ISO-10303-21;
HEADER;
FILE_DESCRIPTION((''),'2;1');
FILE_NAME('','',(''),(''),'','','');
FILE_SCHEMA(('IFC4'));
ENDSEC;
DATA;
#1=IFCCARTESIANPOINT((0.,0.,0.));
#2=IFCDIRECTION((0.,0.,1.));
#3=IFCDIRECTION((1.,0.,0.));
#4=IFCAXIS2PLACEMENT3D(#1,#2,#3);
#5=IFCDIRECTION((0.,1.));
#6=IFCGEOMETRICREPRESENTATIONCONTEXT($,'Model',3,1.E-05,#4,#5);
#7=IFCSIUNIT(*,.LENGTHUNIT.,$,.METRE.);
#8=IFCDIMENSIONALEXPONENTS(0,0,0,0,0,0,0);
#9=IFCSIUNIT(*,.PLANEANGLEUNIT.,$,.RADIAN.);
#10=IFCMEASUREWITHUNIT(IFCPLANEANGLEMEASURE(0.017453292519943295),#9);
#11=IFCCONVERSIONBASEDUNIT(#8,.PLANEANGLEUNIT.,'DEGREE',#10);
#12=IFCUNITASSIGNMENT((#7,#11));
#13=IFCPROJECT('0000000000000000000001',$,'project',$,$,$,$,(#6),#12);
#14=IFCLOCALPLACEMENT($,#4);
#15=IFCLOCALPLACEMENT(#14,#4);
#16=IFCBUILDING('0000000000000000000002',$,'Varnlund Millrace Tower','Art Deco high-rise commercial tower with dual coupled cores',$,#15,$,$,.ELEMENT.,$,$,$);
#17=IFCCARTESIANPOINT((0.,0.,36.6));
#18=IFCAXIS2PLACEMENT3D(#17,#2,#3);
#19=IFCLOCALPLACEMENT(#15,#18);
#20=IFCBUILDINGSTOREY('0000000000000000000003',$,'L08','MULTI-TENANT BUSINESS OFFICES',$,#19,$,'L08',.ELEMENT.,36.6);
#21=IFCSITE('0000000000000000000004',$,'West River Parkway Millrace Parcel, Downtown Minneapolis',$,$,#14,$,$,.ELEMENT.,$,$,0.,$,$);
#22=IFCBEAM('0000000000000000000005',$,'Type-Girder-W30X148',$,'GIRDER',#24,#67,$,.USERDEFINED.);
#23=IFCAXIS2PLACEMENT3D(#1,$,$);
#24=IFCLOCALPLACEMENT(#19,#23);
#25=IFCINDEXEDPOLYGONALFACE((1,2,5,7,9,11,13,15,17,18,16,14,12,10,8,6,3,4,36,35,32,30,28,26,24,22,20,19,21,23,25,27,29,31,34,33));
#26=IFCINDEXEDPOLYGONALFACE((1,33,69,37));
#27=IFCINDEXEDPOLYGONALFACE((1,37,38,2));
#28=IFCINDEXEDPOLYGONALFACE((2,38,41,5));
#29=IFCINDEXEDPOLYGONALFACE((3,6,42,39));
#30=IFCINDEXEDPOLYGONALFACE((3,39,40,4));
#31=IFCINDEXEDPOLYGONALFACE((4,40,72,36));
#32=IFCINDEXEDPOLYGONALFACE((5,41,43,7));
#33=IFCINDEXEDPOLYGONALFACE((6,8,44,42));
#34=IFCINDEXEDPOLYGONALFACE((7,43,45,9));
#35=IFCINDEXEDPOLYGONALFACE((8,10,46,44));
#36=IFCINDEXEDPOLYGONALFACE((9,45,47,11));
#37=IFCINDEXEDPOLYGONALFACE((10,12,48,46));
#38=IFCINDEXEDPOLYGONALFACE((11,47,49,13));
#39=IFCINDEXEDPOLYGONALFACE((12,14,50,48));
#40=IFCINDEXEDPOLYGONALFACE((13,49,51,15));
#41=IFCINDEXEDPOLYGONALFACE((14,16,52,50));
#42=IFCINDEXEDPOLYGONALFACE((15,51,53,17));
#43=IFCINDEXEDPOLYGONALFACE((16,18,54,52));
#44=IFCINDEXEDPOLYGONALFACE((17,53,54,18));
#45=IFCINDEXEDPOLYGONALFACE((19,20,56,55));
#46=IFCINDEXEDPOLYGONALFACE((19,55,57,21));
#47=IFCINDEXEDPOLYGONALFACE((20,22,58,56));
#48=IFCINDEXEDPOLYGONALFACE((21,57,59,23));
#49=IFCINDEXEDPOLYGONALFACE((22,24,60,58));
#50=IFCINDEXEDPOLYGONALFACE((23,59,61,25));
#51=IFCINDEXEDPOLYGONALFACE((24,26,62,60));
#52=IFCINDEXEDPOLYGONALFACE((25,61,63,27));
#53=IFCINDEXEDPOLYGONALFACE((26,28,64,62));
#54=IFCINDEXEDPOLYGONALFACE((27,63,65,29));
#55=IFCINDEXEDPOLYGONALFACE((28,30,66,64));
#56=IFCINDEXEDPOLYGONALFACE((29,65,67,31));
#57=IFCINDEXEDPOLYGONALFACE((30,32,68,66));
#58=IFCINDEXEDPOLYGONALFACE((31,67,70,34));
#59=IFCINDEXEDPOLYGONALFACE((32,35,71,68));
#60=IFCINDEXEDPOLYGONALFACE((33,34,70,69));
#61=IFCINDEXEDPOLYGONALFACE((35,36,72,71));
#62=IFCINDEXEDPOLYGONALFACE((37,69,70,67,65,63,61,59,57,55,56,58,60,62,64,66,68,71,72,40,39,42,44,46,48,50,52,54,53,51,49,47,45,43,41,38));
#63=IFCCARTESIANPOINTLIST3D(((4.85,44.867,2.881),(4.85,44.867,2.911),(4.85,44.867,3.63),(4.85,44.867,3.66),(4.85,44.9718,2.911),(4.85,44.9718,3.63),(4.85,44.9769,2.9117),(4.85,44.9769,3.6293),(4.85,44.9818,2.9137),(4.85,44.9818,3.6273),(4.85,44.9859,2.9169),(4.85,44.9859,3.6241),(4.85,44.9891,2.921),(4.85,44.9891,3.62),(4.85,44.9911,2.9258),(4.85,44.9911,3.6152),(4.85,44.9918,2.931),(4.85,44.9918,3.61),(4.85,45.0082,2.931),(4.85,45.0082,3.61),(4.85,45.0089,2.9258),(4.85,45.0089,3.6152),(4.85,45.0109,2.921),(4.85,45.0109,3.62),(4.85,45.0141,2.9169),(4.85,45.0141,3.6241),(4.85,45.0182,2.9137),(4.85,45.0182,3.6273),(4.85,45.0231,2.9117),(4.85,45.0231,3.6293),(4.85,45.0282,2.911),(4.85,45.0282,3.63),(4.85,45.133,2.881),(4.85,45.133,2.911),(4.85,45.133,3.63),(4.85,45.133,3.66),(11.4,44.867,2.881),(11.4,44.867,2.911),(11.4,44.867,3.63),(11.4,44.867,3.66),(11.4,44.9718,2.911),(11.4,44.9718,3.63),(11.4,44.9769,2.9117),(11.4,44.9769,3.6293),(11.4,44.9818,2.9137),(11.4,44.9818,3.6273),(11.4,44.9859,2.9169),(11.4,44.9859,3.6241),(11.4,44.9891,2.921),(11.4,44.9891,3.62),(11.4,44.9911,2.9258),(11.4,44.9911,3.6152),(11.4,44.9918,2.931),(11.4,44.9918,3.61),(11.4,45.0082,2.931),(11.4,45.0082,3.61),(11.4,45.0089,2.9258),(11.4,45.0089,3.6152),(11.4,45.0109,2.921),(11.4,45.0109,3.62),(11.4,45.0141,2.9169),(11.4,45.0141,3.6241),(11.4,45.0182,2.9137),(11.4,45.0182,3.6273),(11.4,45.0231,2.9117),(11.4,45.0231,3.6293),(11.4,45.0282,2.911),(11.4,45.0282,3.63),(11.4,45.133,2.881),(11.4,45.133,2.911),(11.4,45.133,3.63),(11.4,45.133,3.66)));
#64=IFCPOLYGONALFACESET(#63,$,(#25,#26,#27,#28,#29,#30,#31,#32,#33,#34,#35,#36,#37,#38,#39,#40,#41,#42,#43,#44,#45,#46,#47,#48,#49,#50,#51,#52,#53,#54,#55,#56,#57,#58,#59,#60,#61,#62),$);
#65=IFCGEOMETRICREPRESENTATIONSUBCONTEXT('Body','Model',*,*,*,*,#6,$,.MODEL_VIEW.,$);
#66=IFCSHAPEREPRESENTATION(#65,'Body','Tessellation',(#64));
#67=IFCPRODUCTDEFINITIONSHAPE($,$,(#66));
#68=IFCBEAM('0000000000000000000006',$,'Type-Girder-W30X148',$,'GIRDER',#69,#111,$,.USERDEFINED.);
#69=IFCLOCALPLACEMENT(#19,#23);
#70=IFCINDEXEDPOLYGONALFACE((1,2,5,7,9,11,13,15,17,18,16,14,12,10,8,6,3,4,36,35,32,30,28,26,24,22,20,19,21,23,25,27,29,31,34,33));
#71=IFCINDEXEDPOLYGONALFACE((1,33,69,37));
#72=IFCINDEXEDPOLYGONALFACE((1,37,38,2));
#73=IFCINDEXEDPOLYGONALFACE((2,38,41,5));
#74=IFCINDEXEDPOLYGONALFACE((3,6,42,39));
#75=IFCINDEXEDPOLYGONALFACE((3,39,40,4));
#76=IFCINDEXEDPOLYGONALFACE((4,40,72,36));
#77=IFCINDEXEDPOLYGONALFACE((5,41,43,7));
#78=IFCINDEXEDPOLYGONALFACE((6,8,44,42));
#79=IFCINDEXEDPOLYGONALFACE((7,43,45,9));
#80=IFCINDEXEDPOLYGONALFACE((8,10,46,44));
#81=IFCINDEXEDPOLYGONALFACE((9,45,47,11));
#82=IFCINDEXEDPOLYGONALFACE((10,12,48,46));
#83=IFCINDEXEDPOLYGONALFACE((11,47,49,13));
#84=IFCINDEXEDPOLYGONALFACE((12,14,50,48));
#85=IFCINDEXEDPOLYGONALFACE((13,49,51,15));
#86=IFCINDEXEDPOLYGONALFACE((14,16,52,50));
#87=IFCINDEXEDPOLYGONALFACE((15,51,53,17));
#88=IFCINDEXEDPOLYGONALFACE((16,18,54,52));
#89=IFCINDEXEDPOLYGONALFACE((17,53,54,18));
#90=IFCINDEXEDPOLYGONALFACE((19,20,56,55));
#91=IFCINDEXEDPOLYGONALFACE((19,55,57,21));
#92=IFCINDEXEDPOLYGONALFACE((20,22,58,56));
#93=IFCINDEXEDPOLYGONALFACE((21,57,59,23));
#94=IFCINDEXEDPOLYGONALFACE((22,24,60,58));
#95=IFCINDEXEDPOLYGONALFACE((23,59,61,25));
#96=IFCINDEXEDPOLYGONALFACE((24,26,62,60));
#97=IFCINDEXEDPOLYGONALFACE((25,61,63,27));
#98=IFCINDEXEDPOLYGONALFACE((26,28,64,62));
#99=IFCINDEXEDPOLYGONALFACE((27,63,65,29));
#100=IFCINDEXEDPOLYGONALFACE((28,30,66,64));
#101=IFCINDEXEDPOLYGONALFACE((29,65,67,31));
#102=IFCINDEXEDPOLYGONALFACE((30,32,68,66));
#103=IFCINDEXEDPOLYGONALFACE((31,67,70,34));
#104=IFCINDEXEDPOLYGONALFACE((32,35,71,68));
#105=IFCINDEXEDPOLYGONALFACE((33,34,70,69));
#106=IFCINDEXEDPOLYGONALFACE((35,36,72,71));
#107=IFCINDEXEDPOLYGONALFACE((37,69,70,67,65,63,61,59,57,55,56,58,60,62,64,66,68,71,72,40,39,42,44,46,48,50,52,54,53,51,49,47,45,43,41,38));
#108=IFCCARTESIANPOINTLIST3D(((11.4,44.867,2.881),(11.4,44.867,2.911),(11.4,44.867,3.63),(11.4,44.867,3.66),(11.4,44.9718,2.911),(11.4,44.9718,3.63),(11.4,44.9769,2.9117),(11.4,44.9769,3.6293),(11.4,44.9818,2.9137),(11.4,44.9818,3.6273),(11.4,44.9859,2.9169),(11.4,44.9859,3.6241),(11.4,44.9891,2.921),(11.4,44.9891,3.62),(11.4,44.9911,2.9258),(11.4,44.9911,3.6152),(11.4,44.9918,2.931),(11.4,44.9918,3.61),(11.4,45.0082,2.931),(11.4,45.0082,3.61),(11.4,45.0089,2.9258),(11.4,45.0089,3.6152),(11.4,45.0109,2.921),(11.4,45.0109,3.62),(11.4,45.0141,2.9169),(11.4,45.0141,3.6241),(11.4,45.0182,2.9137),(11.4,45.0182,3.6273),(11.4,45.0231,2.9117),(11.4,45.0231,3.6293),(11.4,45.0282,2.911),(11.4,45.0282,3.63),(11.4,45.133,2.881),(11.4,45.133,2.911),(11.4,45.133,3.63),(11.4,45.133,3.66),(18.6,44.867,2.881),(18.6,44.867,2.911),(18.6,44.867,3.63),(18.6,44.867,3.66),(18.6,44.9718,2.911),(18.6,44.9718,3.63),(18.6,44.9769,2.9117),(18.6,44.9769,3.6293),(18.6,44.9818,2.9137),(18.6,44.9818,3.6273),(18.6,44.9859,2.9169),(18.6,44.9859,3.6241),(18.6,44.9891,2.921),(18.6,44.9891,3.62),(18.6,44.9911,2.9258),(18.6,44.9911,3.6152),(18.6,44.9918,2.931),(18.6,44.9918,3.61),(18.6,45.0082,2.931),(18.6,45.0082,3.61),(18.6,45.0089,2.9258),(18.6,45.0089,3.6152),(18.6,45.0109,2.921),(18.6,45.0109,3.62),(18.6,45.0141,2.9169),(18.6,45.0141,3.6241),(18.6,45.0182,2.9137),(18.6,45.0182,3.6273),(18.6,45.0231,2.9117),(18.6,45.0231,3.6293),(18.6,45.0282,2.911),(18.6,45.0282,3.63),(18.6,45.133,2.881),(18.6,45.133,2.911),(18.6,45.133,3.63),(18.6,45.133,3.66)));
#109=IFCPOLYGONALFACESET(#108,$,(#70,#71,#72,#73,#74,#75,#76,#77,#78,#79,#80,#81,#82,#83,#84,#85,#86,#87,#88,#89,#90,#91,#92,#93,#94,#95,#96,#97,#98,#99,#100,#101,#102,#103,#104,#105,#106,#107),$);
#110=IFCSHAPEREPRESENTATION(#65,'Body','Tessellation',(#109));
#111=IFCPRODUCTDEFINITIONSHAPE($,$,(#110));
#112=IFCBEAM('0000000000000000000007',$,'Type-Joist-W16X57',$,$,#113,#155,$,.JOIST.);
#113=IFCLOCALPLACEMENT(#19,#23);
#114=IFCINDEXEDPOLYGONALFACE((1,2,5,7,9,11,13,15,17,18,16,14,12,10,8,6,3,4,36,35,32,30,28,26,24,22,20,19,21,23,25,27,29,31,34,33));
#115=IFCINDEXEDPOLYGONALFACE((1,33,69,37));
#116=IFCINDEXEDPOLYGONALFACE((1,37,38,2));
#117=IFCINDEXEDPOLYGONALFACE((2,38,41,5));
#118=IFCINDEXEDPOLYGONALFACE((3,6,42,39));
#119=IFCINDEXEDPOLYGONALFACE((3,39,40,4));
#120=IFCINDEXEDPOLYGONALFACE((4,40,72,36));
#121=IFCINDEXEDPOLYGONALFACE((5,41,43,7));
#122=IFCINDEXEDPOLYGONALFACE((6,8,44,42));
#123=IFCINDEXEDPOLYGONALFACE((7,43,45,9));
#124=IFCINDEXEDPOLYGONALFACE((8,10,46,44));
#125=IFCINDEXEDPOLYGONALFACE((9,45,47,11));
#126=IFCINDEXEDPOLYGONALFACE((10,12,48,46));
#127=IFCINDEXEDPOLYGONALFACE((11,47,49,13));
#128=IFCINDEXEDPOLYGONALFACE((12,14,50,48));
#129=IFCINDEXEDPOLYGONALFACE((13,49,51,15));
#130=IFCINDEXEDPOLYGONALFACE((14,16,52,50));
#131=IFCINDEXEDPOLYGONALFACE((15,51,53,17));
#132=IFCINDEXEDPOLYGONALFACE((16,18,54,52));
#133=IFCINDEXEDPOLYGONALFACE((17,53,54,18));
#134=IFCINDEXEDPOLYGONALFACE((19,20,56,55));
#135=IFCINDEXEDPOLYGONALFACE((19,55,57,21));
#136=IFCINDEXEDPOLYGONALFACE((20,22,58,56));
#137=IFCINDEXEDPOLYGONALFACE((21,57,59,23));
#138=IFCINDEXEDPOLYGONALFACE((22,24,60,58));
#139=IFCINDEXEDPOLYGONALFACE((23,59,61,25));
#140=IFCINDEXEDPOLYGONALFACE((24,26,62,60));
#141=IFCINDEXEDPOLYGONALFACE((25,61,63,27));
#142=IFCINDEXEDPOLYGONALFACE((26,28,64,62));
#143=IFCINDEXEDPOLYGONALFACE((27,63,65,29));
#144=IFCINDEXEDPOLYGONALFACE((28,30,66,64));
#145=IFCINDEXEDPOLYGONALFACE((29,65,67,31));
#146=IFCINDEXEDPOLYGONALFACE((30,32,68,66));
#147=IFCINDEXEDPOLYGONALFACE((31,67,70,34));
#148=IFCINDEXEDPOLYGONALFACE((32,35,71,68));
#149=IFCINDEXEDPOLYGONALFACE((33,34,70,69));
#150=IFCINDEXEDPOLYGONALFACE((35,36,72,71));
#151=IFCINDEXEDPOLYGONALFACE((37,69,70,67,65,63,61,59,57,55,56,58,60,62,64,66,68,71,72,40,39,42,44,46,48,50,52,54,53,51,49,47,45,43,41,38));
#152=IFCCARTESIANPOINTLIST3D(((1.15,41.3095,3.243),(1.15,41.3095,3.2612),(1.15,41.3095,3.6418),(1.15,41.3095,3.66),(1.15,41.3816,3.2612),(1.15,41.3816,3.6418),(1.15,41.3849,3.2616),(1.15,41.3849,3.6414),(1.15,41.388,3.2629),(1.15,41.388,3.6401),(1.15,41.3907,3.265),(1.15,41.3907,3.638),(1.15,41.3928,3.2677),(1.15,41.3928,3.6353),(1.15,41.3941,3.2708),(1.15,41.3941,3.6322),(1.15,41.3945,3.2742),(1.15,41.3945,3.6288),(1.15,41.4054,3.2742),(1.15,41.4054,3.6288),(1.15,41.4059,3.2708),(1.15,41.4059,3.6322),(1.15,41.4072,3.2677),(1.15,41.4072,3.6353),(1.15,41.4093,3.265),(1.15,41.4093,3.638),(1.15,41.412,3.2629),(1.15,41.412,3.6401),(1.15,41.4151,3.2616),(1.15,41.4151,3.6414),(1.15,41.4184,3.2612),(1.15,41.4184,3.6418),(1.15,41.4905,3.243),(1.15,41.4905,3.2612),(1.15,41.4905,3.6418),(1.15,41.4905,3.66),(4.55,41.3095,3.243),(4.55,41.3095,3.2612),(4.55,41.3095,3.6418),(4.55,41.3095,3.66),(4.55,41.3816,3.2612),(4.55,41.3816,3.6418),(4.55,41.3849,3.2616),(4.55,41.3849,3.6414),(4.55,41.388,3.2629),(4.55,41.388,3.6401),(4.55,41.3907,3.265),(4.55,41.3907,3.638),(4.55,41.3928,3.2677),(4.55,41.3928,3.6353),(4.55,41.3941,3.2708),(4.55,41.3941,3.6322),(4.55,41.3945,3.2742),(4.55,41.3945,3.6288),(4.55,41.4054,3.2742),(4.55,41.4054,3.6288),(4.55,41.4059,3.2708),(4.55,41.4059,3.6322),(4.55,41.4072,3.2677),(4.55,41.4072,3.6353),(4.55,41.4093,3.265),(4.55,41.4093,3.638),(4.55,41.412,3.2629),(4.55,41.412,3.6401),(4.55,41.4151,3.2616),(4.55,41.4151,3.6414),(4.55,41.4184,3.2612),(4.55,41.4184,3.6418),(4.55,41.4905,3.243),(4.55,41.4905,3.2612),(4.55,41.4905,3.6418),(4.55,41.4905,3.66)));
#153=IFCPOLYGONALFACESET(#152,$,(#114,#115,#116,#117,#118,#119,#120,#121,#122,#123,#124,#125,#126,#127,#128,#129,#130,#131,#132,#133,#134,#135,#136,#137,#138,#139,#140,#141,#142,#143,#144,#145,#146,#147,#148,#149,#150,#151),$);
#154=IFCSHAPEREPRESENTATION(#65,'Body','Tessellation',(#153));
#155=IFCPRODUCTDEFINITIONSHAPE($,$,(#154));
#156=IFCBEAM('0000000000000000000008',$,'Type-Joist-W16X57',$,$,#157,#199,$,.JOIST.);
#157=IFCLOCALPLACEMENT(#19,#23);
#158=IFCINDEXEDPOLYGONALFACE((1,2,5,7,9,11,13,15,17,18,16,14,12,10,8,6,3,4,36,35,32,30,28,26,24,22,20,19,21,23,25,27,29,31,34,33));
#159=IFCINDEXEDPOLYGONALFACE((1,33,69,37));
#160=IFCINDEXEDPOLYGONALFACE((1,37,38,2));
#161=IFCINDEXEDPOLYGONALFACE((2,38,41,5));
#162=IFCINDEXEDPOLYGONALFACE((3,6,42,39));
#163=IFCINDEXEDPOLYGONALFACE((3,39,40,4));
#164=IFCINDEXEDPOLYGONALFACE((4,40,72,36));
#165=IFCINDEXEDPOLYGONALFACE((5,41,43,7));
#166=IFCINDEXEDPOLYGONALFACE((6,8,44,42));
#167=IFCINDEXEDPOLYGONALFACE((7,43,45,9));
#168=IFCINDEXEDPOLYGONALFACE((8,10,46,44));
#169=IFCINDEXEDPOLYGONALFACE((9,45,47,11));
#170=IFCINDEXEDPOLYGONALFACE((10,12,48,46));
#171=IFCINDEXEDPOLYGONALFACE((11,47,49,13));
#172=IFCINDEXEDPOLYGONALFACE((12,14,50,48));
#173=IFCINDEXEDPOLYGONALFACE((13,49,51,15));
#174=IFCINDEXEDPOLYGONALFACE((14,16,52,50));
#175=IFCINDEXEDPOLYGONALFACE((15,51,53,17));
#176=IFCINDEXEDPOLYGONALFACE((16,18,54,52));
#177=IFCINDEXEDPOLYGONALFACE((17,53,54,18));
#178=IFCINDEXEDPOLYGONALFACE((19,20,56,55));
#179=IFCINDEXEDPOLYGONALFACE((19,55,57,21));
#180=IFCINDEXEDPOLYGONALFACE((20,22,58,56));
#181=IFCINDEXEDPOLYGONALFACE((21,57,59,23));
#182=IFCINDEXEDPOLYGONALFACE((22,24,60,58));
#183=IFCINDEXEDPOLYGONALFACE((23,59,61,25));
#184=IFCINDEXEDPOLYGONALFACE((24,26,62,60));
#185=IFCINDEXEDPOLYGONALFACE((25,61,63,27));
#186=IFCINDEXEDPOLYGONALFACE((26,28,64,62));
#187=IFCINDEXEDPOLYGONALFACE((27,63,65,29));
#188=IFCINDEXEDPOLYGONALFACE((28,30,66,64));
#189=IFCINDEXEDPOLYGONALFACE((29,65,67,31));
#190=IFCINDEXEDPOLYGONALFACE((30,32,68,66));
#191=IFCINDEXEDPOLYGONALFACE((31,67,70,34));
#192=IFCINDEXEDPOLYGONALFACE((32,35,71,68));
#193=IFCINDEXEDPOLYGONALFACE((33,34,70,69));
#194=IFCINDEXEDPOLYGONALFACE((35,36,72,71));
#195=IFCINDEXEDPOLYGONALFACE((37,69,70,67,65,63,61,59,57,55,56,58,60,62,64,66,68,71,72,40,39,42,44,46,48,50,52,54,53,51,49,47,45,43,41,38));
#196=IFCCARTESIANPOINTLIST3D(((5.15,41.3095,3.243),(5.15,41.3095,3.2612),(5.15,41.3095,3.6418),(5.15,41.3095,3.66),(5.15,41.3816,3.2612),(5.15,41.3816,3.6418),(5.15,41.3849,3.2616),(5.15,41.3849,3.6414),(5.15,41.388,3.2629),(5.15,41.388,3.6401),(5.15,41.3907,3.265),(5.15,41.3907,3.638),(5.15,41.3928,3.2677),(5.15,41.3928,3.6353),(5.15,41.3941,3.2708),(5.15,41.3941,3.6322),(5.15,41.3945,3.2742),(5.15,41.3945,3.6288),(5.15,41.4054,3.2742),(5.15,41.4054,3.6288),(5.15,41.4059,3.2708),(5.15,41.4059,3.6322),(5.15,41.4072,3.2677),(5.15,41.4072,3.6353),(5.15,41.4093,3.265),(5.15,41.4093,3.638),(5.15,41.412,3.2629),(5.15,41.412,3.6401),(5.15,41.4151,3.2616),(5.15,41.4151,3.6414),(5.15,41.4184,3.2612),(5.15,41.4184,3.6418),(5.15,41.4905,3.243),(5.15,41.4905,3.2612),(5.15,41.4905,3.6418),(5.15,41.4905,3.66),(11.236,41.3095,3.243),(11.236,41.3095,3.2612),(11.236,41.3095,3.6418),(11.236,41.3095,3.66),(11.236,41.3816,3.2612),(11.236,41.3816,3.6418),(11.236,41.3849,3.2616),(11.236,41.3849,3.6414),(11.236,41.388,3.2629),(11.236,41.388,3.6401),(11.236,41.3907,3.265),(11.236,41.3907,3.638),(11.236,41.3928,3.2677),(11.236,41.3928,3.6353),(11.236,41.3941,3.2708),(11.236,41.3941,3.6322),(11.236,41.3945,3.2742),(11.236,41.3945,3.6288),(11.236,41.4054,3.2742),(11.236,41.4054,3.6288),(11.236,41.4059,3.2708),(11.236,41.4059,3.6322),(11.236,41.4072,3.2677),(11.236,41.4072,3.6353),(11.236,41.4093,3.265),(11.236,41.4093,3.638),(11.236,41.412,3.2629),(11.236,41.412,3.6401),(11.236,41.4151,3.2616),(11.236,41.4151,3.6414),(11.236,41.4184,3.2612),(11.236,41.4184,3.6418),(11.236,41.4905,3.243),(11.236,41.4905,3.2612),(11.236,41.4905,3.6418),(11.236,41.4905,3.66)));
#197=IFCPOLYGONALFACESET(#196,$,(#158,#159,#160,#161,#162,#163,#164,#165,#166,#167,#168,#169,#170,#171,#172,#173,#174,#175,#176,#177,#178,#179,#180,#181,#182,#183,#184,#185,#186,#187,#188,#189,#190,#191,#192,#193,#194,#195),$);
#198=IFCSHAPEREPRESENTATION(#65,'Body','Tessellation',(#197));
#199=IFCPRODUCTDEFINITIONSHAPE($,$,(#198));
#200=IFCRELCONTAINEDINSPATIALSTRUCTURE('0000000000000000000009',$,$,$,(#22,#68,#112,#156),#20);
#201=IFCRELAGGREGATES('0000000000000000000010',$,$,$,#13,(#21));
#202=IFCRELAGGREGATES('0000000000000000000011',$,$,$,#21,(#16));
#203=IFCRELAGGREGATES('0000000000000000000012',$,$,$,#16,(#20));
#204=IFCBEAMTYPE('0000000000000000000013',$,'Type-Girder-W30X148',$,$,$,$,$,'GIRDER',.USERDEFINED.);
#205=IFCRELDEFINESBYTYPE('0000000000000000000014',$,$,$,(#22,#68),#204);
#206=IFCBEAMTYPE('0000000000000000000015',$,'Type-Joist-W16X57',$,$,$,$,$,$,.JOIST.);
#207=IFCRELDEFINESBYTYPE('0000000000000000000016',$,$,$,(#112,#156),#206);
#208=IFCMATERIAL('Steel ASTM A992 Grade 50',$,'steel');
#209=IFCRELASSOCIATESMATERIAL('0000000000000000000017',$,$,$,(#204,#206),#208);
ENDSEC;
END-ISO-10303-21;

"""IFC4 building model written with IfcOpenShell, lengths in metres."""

from ifc_helpers import new_model, entity, si_unit, converted_unit, direction, frame, origin_with_axes, origin_2d_with_axis, place, context, subcontext, project, spatial, i_section, extrude, material, material_profile, profile_set, type_object, element, save


model = new_model("IFC4")

# Units and contexts
model_context = context("Model", 3, precision=1e-05, world=origin_with_axes(), true_north=direction((0.0, 1.0)))
body_context = subcontext(model_context, "Body", "Model", "MODEL_VIEW")
ifc_project = project(units=[si_unit("LENGTHUNIT", "METRE"), converted_unit("PLANEANGLEUNIT", "DEGREE", entity("IfcPlaneAngleMeasure", 0.017453292519943295), si_unit("PLANEANGLEUNIT", "RADIAN"), dimensions=[0, 0, 0, 0, 0, 0, 0])], contexts=[model_context])

# Site, building, storey
site_placement = place(None, origin_with_axes())
site = spatial("IfcSite", under=ifc_project, at=site_placement, Name="West River Parkway Millrace Parcel, Downtown Minneapolis", CompositionType="ELEMENT", RefElevation=0.0)
building_placement = place(site_placement, origin_with_axes())
building = spatial("IfcBuilding", under=site, at=building_placement, Name="Varnlund Millrace Tower", Description="Art Deco high-rise commercial tower with dual coupled cores", CompositionType="ELEMENT")
storey_placement = place(building_placement, frame((0.0, 0.0, 36.6), z_axis=(0.0, 0.0, 1.0), x_axis=(1.0, 0.0, 0.0)))
storey = spatial("IfcBuildingStorey", under=building, at=storey_placement, Name="L08", Description="MULTI-TENANT BUSINESS OFFICES", LongName="L08", CompositionType="ELEMENT", Elevation=36.6)

# Beams
ifc_material_1 = material(Name="Steel ASTM A992 Grade 50", Category="steel")
ifc_material_profile_1 = material_profile(ifc_material_1, i_section(OverallWidth=0.266, OverallDepth=0.779, WebThickness=0.0165, FlangeThickness=0.03, FilletRadius=0.02, at=origin_2d_with_axis()), Name="Steel ASTM A992 Grade 50")
ifc_profile_set_1 = profile_set([ifc_material_profile_1], Name="Steel ASTM A992 Grade 50")
beam_type_1 = type_object("IfcBeamType", Name="Type-Girder-W30X148", ElementType="GIRDER", PredefinedType="USERDEFINED", material=ifc_profile_set_1)
beam_1_placement = place(storey_placement, frame((4.85, 45.0, 3.2705), z_axis=(1.0, 0.0, 0.0), x_axis=(0.0, 1.0, 0.0)))
element("IfcBeam", 1, at=beam_1_placement, inside=storey, type_object=beam_type_1, Name="Type-Girder-W30X148", ObjectType="GIRDER", PredefinedType="USERDEFINED", context=body_context, shape_type="SweptSolid", body=[
    extrude(i_section(OverallWidth=0.266, OverallDepth=0.779, WebThickness=0.0165, FlangeThickness=0.03, FilletRadius=0.02, at=origin_2d_with_axis()), origin_with_axes(), (0.0, 0.0, 1.0), 6.55),
])
beam_2_placement = place(storey_placement, frame((11.4, 45.0, 3.2705), z_axis=(1.0, 0.0, 0.0), x_axis=(0.0, 1.0, 0.0)))
element("IfcBeam", 2, at=beam_2_placement, inside=storey, type_object=beam_type_1, Name="Type-Girder-W30X148", ObjectType="GIRDER", PredefinedType="USERDEFINED", context=body_context, shape_type="SweptSolid", body=[
    extrude(i_section(OverallWidth=0.266, OverallDepth=0.779, WebThickness=0.0165, FlangeThickness=0.03, FilletRadius=0.02, at=origin_2d_with_axis()), origin_with_axes(), (0.0, 0.0, 1.0), 7.2),
])
ifc_material_profile_2 = material_profile(ifc_material_1, i_section(OverallWidth=0.181, OverallDepth=0.417, WebThickness=0.0109, FlangeThickness=0.0182, FilletRadius=0.013, at=origin_2d_with_axis()), Name="Steel ASTM A992 Grade 50")
ifc_profile_set_2 = profile_set([ifc_material_profile_2], Name="Steel ASTM A992 Grade 50")
beam_type_2 = type_object("IfcBeamType", Name="Type-Joist-W16X57", PredefinedType="JOIST", material=ifc_profile_set_2)
beam_3_placement = place(storey_placement, frame((1.15, 41.4, 3.4515), z_axis=(1.0, 0.0, 0.0), x_axis=(0.0, 1.0, 0.0)))
element("IfcBeam", 3, at=beam_3_placement, inside=storey, type_object=beam_type_2, Name="Type-Joist-W16X57", PredefinedType="JOIST", context=body_context, shape_type="SweptSolid", body=[
    extrude(i_section(OverallWidth=0.181, OverallDepth=0.417, WebThickness=0.0109, FlangeThickness=0.0182, FilletRadius=0.013, at=origin_2d_with_axis()), origin_with_axes(), (0.0, 0.0, 1.0), 3.4),
])
beam_4_placement = place(storey_placement, frame((5.15, 41.4, 3.4515), z_axis=(1.0, 0.0, 0.0), x_axis=(0.0, 1.0, 0.0)))
element("IfcBeam", 4, at=beam_4_placement, inside=storey, type_object=beam_type_2, Name="Type-Joist-W16X57", PredefinedType="JOIST", context=body_context, shape_type="SweptSolid", body=[
    extrude(i_section(OverallWidth=0.181, OverallDepth=0.417, WebThickness=0.0109, FlangeThickness=0.0182, FilletRadius=0.013, at=origin_2d_with_axis()), origin_with_axes(), (0.0, 0.0, 1.0), 6.086),
])

save(model, "model.ifc")
